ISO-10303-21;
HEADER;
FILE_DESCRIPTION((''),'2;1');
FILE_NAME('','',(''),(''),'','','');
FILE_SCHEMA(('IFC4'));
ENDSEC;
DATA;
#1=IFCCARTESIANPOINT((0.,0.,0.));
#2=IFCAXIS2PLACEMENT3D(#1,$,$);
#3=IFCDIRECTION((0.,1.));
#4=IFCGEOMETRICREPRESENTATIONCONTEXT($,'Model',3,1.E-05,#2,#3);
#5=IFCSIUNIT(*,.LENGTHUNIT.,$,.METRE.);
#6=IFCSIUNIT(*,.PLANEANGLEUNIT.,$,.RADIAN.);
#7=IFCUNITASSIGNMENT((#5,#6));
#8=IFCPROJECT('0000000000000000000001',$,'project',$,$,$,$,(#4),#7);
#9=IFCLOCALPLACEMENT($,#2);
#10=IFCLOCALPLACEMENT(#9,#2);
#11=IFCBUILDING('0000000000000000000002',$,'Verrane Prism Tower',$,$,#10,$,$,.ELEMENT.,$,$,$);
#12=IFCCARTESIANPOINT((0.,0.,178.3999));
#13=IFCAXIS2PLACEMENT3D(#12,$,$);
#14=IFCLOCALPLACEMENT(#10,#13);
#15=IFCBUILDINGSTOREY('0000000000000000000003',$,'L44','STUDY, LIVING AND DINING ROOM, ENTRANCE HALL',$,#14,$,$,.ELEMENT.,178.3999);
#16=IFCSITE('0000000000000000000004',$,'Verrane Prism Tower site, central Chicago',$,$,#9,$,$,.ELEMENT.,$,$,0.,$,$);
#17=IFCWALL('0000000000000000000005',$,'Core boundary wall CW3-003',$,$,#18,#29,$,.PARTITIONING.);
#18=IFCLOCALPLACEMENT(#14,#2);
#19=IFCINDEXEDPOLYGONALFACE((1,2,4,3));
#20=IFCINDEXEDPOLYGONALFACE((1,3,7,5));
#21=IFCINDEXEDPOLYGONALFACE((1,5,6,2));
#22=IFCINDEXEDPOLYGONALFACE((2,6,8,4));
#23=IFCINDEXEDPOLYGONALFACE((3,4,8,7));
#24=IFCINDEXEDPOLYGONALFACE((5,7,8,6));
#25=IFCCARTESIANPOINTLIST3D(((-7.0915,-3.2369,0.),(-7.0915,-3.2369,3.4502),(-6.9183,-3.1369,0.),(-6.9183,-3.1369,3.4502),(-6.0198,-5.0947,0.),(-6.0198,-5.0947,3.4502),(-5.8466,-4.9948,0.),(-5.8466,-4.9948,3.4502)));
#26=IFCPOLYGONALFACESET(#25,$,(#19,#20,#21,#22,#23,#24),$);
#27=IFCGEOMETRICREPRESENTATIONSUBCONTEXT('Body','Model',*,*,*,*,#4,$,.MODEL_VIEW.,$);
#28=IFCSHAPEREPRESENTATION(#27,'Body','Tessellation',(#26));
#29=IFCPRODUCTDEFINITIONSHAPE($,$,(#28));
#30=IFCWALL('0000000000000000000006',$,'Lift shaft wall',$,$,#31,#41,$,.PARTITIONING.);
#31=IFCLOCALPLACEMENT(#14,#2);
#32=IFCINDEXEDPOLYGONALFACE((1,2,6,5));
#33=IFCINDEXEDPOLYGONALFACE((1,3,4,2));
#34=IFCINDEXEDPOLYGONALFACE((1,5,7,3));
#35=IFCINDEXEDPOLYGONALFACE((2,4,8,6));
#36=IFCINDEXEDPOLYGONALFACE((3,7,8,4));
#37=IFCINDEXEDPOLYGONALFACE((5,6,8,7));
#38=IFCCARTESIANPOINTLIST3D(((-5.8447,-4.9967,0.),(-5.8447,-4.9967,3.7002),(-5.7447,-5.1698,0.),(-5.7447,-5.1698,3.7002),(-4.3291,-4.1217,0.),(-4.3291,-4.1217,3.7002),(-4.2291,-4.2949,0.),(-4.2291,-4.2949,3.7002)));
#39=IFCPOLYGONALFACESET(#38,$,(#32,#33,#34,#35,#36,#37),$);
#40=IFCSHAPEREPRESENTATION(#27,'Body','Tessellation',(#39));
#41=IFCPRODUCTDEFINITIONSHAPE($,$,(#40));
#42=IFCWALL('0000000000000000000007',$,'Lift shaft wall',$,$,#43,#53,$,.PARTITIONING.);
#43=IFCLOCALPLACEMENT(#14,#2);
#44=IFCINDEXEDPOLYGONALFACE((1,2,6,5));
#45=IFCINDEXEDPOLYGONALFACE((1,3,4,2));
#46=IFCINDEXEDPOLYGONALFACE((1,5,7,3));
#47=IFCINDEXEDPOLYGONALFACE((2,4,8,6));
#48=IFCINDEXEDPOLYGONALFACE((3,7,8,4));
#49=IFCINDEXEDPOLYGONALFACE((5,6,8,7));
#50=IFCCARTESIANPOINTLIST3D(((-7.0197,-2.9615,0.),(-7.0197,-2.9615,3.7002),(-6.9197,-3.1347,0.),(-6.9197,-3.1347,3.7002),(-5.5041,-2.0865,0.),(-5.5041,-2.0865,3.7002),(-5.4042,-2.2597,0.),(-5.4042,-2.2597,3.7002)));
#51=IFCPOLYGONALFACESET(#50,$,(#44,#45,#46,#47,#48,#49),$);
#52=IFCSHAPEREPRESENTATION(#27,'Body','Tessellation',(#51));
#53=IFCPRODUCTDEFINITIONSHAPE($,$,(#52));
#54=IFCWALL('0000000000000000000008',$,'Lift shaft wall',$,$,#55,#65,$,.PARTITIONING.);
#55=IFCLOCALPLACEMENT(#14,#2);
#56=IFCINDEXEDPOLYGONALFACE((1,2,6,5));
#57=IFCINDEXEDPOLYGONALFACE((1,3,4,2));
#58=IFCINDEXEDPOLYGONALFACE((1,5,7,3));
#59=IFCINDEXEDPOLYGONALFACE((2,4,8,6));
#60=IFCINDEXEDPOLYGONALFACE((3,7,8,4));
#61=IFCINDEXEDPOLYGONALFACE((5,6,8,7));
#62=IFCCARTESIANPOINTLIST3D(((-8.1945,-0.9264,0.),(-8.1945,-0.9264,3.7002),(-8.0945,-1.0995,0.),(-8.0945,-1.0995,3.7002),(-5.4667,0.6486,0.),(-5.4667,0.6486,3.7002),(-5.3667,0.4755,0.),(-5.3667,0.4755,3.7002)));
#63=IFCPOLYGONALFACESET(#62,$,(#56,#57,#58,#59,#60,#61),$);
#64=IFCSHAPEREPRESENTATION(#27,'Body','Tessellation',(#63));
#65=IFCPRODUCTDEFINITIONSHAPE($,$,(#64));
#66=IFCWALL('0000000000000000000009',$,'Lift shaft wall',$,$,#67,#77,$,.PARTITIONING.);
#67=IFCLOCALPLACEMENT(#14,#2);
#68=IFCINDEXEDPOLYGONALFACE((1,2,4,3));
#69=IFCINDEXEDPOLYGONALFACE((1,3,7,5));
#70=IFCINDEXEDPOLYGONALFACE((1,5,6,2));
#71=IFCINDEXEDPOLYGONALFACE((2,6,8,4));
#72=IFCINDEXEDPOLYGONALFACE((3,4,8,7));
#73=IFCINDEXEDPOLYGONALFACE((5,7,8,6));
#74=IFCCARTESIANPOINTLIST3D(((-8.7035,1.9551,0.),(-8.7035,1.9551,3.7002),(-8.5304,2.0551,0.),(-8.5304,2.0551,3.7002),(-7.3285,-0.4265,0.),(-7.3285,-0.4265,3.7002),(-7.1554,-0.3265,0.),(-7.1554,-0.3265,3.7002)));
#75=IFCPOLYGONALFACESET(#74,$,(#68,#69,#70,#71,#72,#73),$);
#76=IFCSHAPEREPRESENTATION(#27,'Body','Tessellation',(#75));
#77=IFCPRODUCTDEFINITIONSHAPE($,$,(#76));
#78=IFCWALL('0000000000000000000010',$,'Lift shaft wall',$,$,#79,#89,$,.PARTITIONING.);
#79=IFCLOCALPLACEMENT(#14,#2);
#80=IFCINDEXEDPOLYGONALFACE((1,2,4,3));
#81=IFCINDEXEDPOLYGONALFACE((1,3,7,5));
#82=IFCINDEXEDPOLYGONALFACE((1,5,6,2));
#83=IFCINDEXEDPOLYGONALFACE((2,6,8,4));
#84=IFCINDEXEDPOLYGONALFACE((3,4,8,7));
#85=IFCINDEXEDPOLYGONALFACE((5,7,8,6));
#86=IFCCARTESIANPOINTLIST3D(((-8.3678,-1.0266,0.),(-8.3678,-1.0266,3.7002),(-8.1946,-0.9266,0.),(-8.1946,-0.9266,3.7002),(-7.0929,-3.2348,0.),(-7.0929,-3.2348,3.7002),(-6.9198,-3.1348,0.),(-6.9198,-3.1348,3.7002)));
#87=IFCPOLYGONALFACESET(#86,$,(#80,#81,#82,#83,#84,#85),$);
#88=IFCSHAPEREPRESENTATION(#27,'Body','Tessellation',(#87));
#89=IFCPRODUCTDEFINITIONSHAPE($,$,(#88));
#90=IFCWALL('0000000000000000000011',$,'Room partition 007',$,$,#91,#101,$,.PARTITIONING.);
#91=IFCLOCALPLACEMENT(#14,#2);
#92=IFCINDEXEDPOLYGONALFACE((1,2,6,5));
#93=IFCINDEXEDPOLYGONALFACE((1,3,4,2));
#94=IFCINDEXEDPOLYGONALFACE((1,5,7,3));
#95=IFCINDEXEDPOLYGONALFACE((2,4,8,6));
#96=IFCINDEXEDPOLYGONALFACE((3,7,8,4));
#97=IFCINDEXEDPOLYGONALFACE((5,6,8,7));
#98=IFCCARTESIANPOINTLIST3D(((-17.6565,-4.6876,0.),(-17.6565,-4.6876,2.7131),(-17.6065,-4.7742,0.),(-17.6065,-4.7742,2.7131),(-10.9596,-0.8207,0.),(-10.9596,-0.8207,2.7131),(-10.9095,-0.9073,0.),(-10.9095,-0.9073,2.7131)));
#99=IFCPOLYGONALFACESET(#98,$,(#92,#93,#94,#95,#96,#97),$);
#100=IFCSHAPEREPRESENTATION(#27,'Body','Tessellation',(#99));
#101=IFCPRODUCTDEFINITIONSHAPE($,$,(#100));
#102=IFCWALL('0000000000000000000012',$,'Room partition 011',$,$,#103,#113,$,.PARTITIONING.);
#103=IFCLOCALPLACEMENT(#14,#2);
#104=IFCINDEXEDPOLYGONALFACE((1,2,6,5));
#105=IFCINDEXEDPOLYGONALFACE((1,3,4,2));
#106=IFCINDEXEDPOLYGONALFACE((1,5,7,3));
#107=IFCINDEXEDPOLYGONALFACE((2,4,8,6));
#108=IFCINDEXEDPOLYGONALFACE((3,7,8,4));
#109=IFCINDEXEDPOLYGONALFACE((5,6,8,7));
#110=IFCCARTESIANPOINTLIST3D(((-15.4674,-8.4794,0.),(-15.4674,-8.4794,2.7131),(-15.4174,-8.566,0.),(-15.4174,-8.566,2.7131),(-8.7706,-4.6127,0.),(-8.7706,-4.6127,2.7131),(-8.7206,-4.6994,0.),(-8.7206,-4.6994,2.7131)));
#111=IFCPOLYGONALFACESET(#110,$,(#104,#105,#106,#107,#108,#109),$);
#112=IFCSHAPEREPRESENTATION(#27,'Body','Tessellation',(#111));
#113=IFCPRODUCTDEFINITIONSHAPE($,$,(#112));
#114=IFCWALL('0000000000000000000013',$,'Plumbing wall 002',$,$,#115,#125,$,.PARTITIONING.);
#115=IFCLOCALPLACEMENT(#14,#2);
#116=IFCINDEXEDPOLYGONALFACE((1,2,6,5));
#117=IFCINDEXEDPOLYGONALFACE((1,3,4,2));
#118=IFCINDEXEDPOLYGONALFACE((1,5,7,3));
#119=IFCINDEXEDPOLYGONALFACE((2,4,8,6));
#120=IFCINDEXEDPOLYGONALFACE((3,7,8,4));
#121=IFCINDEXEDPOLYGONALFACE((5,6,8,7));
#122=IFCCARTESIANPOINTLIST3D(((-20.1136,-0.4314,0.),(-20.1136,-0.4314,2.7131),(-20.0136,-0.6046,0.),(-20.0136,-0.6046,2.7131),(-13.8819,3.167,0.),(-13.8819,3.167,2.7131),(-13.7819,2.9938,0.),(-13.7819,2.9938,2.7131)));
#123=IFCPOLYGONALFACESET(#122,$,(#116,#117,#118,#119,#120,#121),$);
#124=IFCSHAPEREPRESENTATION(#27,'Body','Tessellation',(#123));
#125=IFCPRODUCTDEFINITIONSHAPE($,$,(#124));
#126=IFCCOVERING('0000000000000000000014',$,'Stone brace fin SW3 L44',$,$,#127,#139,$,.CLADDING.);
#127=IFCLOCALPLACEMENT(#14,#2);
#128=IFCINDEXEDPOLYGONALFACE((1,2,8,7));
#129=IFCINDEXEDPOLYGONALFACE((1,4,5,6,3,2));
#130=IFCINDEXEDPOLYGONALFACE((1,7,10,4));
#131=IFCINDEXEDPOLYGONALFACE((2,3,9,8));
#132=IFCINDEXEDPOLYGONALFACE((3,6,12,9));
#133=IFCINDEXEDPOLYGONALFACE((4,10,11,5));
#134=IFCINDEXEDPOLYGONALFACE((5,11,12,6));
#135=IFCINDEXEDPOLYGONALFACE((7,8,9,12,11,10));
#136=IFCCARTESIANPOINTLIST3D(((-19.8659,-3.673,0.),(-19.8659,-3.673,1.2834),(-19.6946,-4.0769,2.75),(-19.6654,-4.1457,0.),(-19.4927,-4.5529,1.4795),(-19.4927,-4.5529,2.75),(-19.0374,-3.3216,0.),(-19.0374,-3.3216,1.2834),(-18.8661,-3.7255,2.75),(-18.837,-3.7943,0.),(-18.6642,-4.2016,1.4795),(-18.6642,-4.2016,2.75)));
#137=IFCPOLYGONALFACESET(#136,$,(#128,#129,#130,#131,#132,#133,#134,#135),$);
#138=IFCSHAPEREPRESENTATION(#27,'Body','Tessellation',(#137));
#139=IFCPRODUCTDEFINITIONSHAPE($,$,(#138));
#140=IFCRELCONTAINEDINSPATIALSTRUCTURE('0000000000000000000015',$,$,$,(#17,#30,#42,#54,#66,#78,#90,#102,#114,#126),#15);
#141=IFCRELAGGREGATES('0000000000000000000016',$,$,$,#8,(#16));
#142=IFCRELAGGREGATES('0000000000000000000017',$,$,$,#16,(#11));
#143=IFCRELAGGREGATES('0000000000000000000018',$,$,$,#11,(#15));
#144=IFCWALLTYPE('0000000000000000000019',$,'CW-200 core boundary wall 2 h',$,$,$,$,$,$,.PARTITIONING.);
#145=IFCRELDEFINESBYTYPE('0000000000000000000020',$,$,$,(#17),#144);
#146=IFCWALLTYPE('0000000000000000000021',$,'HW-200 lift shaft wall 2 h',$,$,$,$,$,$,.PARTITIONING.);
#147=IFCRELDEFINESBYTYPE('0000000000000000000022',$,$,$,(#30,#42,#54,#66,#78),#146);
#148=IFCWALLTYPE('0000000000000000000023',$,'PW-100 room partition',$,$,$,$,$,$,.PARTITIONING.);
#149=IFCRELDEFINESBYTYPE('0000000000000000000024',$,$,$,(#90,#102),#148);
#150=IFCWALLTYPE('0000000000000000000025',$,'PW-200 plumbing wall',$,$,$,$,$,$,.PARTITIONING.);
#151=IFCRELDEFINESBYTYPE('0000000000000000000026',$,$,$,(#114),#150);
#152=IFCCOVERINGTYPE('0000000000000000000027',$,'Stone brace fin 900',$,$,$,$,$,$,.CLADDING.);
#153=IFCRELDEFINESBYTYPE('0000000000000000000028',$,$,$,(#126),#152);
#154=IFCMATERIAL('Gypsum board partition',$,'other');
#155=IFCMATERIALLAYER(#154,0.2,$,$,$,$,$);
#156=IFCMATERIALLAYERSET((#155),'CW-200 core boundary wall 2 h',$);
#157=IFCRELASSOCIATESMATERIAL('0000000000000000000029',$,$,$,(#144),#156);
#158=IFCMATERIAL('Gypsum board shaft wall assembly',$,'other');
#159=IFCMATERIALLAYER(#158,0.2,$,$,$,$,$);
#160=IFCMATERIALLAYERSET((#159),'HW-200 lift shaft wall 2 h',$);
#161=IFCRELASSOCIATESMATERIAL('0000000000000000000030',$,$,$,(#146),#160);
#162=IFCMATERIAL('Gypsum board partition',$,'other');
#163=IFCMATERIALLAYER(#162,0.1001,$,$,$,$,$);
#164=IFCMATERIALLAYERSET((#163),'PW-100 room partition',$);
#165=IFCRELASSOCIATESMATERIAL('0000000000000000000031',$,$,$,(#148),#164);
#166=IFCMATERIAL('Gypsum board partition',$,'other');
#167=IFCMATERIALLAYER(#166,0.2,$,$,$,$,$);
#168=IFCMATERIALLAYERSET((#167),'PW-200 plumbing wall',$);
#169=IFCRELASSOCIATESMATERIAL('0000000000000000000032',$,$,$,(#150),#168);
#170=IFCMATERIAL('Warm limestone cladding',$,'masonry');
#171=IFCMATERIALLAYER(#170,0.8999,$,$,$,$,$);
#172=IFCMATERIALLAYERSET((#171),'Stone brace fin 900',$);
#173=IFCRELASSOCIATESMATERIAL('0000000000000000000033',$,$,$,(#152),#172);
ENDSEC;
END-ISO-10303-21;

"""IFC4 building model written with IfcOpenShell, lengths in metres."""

from ifc_helpers import new_model, si_unit, direction, frame, frame_2d, origin, place, context, subcontext, project, spatial, polyline, rectangle, outline, extrude, material, layer, layer_set, type_object, element, save


model = new_model("IFC4")

# Units and contexts
model_context = context("Model", 3, precision=1e-05, world=origin(), true_north=direction((0.0, 1.0)))
body_context = subcontext(model_context, "Body", "Model", "MODEL_VIEW")
ifc_project = project(units=[si_unit("LENGTHUNIT", "METRE"), si_unit("PLANEANGLEUNIT", "RADIAN")], contexts=[model_context])

# Site, building, storey
site_placement = place(None, origin())
site = spatial("IfcSite", under=ifc_project, at=site_placement, Name="Verrane Prism Tower site, central Chicago", CompositionType="ELEMENT", RefElevation=0.0)
building_placement = place(site_placement, origin())
building = spatial("IfcBuilding", under=site, at=building_placement, Name="Verrane Prism Tower", CompositionType="ELEMENT")
storey_placement = place(building_placement, frame((0.0, 0.0, 178.3999)))
storey = spatial("IfcBuildingStorey", under=building, at=storey_placement, Name="L44", Description="STUDY, LIVING AND DINING ROOM, ENTRANCE HALL", CompositionType="ELEMENT", Elevation=178.3999)

# Walls
ifc_material_1 = material(Name="Gypsum board partition", Category="other")
ifc_layer_1 = layer(ifc_material_1, 0.2)
ifc_layer_set_1 = layer_set([ifc_layer_1], Name="CW-200 core boundary wall 2 h")
wall_type_1 = type_object("IfcWallType", Name="CW-200 core boundary wall 2 h", PredefinedType="PARTITIONING", material=ifc_layer_set_1)
wall_1_placement = place(storey_placement, frame((-7.0049, -3.187, 0.0), z_axis=(0.0, 0.0, 1.0), x_axis=(0.49969, -0.866205, 0.0)))
element("IfcWall", 1, at=wall_1_placement, inside=storey, type_object=wall_type_1, Name="Core boundary wall CW3-003", PredefinedType="PARTITIONING", context=body_context, shape_type="SweptSolid", body=[
    extrude(rectangle(XDim=2.1448, YDim=0.2, at=frame_2d((1.0723, 0.0))), origin(), (0.0, 0.0, 1.0), 3.4502),
])
ifc_material_2 = material(Name="Gypsum board shaft wall assembly", Category="other")
ifc_layer_2 = layer(ifc_material_2, 0.2)
ifc_layer_set_2 = layer_set([ifc_layer_2], Name="HW-200 lift shaft wall 2 h")
wall_type_2 = type_object("IfcWallType", Name="HW-200 lift shaft wall 2 h", PredefinedType="PARTITIONING", material=ifc_layer_set_2)
for number, where, z_axis, x_axis, name in (
    (2, (-5.7947, -5.0833, 0.0), (0.0, 0.0, 1.0), (0.866037, 0.49998, 0.0), "Lift shaft wall"),
    (3, (-6.9697, -3.0481, 0.0), (0.0, 0.0, 1.0), (0.866037, 0.49998, 0.0), "Lift shaft wall"),
):
    element("IfcWall", number, at=place(storey_placement, frame(where, z_axis=z_axis, x_axis=x_axis)), inside=storey, type_object=wall_type_2, Name=name, PredefinedType="PARTITIONING", context=body_context, shape_type="SweptSolid", body=[
        extrude(rectangle(XDim=1.75, YDim=0.2, at=frame_2d((0.875, 0.0))), origin(), (0.0, 0.0, 1.0), 3.7002),
    ])
wall_2_placement = place(storey_placement, frame((-8.1445, -1.0129, 0.0), z_axis=(0.0, 0.0, 1.0), x_axis=(0.866016, 0.500015, 0.0)))
element("IfcWall", 4, at=wall_2_placement, inside=storey, type_object=wall_type_2, Name="Lift shaft wall", PredefinedType="PARTITIONING", context=body_context, shape_type="SweptSolid", body=[
    extrude(rectangle(XDim=3.1499, YDim=0.2, at=frame_2d((1.575, 0.0))), origin(), (0.0, 0.0, 1.0), 3.7002),
])
wall_3_placement = place(storey_placement, frame((-7.2419, -0.3765, 0.0), z_axis=(0.0, 0.0, 1.0), x_axis=(-0.499997, 0.866027, 0.0)))
element("IfcWall", 5, at=wall_3_placement, inside=storey, type_object=wall_type_2, Name="Lift shaft wall", PredefinedType="PARTITIONING", context=body_context, shape_type="SweptSolid", body=[
    extrude(rectangle(XDim=2.75, YDim=0.2, at=frame_2d((1.375, 0.0))), origin(), (0.0, 0.0, 1.0), 3.7002),
])
wall_4_placement = place(storey_placement, frame((-7.0063, -3.1848, 0.0), z_axis=(0.0, 0.0, 1.0), x_axis=(-0.49999, 0.866031, 0.0)))
element("IfcWall", 6, at=wall_4_placement, inside=storey, type_object=wall_type_2, Name="Lift shaft wall", PredefinedType="PARTITIONING", context=body_context, shape_type="SweptSolid", body=[
    extrude(rectangle(XDim=2.5498, YDim=0.2, at=frame_2d((1.2749, 0.0))), origin(), (0.0, 0.0, 1.0), 3.7002),
])
ifc_material_3 = material(Name="Gypsum board partition", Category="other")
ifc_layer_3 = layer(ifc_material_3, 0.1001)
ifc_layer_set_3 = layer_set([ifc_layer_3], Name="PW-100 room partition")
wall_type_3 = type_object("IfcWallType", Name="PW-100 room partition", PredefinedType="PARTITIONING", material=ifc_layer_set_3)
wall_5_placement = place(storey_placement, frame((-17.6316, -4.731, 0.0), z_axis=(0.0, 0.0, 1.0), x_axis=(0.866002, 0.50004, 0.0)))
element("IfcWall", 7, at=wall_5_placement, inside=storey, type_object=wall_type_3, Name="Room partition 007", PredefinedType="PARTITIONING", context=body_context, shape_type="SweptSolid", body=[
    extrude(rectangle(XDim=7.7332, YDim=0.1001, at=frame_2d((3.8667, 0.0))), origin(), (0.0, 0.0, 1.0), 2.7131),
])
wall_6_placement = place(storey_placement, frame((-15.4424, -8.5227, 0.0), z_axis=(0.0, 0.0, 1.0), x_axis=(0.866008, 0.50003, 0.0)))
element("IfcWall", 8, at=wall_6_placement, inside=storey, type_object=wall_type_3, Name="Room partition 011", PredefinedType="PARTITIONING", context=body_context, shape_type="SweptSolid", body=[
    extrude(rectangle(XDim=7.7329, YDim=0.1001, at=frame_2d((3.8665, 0.0))), origin(), (0.0, 0.0, 1.0), 2.7131),
])
ifc_material_4 = material(Name="Gypsum board partition", Category="other")
ifc_layer_4 = layer(ifc_material_4, 0.2)
ifc_layer_set_4 = layer_set([ifc_layer_4], Name="PW-200 plumbing wall")
wall_type_4 = type_object("IfcWallType", Name="PW-200 plumbing wall", PredefinedType="PARTITIONING", material=ifc_layer_set_4)
wall_7_placement = place(storey_placement, frame((-20.0637, -0.5181, 0.0), z_axis=(0.0, 0.0, 1.0), x_axis=(0.865994, 0.500054, 0.0)))
element("IfcWall", 9, at=wall_7_placement, inside=storey, type_object=wall_type_4, Name="Plumbing wall 002", PredefinedType="PARTITIONING", context=body_context, shape_type="SweptSolid", body=[
    extrude(rectangle(XDim=7.196, YDim=0.2, at=frame_2d((3.5981, 0.0))), origin(), (0.0, 0.0, 1.0), 2.7131),
])

# Covering
ifc_material_5 = material(Name="Warm limestone cladding", Category="masonry")
ifc_layer_5 = layer(ifc_material_5, 0.8999)
ifc_layer_set_5 = layer_set([ifc_layer_5], Name="Stone brace fin 900")
covering_type = type_object("IfcCoveringType", Name="Stone brace fin 900", PredefinedType="CLADDING", material=ifc_layer_set_5)
covering_placement = place(storey_placement, frame((-19.4517, -3.4973, 0.0), z_axis=(0.0, 0.0, 1.0), x_axis=(0.390465, -0.920618, 0.0)))
element("IfcCovering", 10, at=covering_placement, inside=storey, type_object=covering_type, Name="Stone brace fin SW3 L44", PredefinedType="CLADDING", context=body_context, shape_type="SweptSolid", body=[
    extrude(outline(polyline([(0.9558, 2.75), (0.4387, 2.75), (0.0, 1.2834), (0.0, 0.0), (0.5134, 0.0), (0.9558, 1.4795), (0.9558, 2.75)])), frame((0.0, 0.45, 0.0), z_axis=(0.0, -1.0, 0.0), x_axis=(1.0, 0.0, 0.0)), (0.0, 0.0, 1.0), 0.8999),
])

save(model, "model.ifc")
